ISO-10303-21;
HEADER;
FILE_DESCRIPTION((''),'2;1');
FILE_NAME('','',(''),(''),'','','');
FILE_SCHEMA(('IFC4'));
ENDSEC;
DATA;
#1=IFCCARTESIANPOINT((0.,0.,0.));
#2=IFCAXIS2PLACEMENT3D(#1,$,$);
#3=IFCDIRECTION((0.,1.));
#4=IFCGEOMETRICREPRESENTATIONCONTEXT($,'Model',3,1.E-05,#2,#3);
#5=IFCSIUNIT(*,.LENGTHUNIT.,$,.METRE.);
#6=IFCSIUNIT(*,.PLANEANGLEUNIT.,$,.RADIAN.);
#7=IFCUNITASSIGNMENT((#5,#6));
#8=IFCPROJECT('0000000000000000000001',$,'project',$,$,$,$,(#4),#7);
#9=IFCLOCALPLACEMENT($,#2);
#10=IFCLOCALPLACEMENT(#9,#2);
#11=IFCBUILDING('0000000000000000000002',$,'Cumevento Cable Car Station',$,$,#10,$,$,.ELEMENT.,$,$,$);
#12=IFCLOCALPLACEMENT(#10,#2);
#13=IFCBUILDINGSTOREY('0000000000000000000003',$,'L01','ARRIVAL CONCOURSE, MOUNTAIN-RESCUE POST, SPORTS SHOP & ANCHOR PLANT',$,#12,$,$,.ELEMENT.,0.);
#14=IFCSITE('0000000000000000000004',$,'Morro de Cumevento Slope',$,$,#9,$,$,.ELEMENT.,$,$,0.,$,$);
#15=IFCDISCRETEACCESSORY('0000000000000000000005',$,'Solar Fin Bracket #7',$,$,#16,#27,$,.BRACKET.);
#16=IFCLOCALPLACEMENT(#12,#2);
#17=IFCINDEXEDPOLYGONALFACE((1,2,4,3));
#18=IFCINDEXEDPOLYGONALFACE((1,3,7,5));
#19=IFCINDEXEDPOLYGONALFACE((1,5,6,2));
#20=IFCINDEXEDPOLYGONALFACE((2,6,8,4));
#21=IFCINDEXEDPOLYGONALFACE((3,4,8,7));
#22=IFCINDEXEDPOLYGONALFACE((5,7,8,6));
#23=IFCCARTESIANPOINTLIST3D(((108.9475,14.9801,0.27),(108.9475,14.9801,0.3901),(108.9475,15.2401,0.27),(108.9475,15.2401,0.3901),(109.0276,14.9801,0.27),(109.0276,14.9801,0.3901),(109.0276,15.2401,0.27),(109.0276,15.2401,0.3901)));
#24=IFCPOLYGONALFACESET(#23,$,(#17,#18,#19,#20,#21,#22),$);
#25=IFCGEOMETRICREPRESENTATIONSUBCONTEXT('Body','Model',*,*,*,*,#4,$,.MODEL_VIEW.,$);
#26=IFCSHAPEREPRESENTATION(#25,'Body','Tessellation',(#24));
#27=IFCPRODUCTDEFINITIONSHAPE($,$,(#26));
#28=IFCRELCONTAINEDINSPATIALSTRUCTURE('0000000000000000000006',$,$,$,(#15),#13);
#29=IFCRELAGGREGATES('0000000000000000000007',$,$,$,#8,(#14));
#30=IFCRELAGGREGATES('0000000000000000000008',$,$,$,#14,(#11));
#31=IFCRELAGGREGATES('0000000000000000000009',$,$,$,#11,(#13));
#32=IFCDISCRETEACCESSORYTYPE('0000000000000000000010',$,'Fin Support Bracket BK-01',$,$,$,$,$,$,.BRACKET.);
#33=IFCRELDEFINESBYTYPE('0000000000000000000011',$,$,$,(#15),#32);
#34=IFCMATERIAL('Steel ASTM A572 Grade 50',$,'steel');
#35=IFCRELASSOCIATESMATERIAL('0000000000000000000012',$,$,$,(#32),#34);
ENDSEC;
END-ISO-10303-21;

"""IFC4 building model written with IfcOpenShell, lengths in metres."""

from ifc_helpers import new_model, si_unit, direction, frame, origin, origin_2d, place, context, subcontext, project, spatial, rectangle, extrude, material, type_object, element, save


model = new_model("IFC4")

# Units and contexts
model_context = context("Model", 3, precision=1e-05, world=origin(), true_north=direction((0.0, 1.0)))
body_context = subcontext(model_context, "Body", "Model", "MODEL_VIEW")
ifc_project = project(units=[si_unit("LENGTHUNIT", "METRE"), si_unit("PLANEANGLEUNIT", "RADIAN")], contexts=[model_context])

# Site, building, storey
site_placement = place(None, origin())
site = spatial("IfcSite", under=ifc_project, at=site_placement, Name="Morro de Cumevento Slope", CompositionType="ELEMENT", RefElevation=0.0)
building_placement = place(site_placement, origin())
building = spatial("IfcBuilding", under=site, at=building_placement, Name="Cumevento Cable Car Station", CompositionType="ELEMENT")
storey_placement = place(building_placement, origin())
storey = spatial("IfcBuildingStorey", under=building, at=storey_placement, Name="L01", Description="ARRIVAL CONCOURSE, MOUNTAIN-RESCUE POST, SPORTS SHOP & ANCHOR PLANT", CompositionType="ELEMENT", Elevation=0.0)

# Discrete accessory
ifc_material_1 = material(Name="Steel ASTM A572 Grade 50", Category="steel")
discrete_accessory_type = type_object("IfcDiscreteAccessoryType", Name="Fin Support Bracket BK-01", PredefinedType="BRACKET", material=ifc_material_1)
discrete_accessory_placement = place(storey_placement, frame((108.9875, 15.1101, 0.27), z_axis=(0.0, 0.0, 1.0), x_axis=(1.0, 0.0, 0.0)))
element("IfcDiscreteAccessory", 1, at=discrete_accessory_placement, inside=storey, type_object=discrete_accessory_type, Name="Solar Fin Bracket #7", PredefinedType="BRACKET", context=body_context, shape_type="SweptSolid", body=[
    extrude(rectangle(XDim=0.0801, YDim=0.26, at=origin_2d()), origin(), (0.0, 0.0, 1.0), 0.1201),
])

save(model, "model.ifc")
